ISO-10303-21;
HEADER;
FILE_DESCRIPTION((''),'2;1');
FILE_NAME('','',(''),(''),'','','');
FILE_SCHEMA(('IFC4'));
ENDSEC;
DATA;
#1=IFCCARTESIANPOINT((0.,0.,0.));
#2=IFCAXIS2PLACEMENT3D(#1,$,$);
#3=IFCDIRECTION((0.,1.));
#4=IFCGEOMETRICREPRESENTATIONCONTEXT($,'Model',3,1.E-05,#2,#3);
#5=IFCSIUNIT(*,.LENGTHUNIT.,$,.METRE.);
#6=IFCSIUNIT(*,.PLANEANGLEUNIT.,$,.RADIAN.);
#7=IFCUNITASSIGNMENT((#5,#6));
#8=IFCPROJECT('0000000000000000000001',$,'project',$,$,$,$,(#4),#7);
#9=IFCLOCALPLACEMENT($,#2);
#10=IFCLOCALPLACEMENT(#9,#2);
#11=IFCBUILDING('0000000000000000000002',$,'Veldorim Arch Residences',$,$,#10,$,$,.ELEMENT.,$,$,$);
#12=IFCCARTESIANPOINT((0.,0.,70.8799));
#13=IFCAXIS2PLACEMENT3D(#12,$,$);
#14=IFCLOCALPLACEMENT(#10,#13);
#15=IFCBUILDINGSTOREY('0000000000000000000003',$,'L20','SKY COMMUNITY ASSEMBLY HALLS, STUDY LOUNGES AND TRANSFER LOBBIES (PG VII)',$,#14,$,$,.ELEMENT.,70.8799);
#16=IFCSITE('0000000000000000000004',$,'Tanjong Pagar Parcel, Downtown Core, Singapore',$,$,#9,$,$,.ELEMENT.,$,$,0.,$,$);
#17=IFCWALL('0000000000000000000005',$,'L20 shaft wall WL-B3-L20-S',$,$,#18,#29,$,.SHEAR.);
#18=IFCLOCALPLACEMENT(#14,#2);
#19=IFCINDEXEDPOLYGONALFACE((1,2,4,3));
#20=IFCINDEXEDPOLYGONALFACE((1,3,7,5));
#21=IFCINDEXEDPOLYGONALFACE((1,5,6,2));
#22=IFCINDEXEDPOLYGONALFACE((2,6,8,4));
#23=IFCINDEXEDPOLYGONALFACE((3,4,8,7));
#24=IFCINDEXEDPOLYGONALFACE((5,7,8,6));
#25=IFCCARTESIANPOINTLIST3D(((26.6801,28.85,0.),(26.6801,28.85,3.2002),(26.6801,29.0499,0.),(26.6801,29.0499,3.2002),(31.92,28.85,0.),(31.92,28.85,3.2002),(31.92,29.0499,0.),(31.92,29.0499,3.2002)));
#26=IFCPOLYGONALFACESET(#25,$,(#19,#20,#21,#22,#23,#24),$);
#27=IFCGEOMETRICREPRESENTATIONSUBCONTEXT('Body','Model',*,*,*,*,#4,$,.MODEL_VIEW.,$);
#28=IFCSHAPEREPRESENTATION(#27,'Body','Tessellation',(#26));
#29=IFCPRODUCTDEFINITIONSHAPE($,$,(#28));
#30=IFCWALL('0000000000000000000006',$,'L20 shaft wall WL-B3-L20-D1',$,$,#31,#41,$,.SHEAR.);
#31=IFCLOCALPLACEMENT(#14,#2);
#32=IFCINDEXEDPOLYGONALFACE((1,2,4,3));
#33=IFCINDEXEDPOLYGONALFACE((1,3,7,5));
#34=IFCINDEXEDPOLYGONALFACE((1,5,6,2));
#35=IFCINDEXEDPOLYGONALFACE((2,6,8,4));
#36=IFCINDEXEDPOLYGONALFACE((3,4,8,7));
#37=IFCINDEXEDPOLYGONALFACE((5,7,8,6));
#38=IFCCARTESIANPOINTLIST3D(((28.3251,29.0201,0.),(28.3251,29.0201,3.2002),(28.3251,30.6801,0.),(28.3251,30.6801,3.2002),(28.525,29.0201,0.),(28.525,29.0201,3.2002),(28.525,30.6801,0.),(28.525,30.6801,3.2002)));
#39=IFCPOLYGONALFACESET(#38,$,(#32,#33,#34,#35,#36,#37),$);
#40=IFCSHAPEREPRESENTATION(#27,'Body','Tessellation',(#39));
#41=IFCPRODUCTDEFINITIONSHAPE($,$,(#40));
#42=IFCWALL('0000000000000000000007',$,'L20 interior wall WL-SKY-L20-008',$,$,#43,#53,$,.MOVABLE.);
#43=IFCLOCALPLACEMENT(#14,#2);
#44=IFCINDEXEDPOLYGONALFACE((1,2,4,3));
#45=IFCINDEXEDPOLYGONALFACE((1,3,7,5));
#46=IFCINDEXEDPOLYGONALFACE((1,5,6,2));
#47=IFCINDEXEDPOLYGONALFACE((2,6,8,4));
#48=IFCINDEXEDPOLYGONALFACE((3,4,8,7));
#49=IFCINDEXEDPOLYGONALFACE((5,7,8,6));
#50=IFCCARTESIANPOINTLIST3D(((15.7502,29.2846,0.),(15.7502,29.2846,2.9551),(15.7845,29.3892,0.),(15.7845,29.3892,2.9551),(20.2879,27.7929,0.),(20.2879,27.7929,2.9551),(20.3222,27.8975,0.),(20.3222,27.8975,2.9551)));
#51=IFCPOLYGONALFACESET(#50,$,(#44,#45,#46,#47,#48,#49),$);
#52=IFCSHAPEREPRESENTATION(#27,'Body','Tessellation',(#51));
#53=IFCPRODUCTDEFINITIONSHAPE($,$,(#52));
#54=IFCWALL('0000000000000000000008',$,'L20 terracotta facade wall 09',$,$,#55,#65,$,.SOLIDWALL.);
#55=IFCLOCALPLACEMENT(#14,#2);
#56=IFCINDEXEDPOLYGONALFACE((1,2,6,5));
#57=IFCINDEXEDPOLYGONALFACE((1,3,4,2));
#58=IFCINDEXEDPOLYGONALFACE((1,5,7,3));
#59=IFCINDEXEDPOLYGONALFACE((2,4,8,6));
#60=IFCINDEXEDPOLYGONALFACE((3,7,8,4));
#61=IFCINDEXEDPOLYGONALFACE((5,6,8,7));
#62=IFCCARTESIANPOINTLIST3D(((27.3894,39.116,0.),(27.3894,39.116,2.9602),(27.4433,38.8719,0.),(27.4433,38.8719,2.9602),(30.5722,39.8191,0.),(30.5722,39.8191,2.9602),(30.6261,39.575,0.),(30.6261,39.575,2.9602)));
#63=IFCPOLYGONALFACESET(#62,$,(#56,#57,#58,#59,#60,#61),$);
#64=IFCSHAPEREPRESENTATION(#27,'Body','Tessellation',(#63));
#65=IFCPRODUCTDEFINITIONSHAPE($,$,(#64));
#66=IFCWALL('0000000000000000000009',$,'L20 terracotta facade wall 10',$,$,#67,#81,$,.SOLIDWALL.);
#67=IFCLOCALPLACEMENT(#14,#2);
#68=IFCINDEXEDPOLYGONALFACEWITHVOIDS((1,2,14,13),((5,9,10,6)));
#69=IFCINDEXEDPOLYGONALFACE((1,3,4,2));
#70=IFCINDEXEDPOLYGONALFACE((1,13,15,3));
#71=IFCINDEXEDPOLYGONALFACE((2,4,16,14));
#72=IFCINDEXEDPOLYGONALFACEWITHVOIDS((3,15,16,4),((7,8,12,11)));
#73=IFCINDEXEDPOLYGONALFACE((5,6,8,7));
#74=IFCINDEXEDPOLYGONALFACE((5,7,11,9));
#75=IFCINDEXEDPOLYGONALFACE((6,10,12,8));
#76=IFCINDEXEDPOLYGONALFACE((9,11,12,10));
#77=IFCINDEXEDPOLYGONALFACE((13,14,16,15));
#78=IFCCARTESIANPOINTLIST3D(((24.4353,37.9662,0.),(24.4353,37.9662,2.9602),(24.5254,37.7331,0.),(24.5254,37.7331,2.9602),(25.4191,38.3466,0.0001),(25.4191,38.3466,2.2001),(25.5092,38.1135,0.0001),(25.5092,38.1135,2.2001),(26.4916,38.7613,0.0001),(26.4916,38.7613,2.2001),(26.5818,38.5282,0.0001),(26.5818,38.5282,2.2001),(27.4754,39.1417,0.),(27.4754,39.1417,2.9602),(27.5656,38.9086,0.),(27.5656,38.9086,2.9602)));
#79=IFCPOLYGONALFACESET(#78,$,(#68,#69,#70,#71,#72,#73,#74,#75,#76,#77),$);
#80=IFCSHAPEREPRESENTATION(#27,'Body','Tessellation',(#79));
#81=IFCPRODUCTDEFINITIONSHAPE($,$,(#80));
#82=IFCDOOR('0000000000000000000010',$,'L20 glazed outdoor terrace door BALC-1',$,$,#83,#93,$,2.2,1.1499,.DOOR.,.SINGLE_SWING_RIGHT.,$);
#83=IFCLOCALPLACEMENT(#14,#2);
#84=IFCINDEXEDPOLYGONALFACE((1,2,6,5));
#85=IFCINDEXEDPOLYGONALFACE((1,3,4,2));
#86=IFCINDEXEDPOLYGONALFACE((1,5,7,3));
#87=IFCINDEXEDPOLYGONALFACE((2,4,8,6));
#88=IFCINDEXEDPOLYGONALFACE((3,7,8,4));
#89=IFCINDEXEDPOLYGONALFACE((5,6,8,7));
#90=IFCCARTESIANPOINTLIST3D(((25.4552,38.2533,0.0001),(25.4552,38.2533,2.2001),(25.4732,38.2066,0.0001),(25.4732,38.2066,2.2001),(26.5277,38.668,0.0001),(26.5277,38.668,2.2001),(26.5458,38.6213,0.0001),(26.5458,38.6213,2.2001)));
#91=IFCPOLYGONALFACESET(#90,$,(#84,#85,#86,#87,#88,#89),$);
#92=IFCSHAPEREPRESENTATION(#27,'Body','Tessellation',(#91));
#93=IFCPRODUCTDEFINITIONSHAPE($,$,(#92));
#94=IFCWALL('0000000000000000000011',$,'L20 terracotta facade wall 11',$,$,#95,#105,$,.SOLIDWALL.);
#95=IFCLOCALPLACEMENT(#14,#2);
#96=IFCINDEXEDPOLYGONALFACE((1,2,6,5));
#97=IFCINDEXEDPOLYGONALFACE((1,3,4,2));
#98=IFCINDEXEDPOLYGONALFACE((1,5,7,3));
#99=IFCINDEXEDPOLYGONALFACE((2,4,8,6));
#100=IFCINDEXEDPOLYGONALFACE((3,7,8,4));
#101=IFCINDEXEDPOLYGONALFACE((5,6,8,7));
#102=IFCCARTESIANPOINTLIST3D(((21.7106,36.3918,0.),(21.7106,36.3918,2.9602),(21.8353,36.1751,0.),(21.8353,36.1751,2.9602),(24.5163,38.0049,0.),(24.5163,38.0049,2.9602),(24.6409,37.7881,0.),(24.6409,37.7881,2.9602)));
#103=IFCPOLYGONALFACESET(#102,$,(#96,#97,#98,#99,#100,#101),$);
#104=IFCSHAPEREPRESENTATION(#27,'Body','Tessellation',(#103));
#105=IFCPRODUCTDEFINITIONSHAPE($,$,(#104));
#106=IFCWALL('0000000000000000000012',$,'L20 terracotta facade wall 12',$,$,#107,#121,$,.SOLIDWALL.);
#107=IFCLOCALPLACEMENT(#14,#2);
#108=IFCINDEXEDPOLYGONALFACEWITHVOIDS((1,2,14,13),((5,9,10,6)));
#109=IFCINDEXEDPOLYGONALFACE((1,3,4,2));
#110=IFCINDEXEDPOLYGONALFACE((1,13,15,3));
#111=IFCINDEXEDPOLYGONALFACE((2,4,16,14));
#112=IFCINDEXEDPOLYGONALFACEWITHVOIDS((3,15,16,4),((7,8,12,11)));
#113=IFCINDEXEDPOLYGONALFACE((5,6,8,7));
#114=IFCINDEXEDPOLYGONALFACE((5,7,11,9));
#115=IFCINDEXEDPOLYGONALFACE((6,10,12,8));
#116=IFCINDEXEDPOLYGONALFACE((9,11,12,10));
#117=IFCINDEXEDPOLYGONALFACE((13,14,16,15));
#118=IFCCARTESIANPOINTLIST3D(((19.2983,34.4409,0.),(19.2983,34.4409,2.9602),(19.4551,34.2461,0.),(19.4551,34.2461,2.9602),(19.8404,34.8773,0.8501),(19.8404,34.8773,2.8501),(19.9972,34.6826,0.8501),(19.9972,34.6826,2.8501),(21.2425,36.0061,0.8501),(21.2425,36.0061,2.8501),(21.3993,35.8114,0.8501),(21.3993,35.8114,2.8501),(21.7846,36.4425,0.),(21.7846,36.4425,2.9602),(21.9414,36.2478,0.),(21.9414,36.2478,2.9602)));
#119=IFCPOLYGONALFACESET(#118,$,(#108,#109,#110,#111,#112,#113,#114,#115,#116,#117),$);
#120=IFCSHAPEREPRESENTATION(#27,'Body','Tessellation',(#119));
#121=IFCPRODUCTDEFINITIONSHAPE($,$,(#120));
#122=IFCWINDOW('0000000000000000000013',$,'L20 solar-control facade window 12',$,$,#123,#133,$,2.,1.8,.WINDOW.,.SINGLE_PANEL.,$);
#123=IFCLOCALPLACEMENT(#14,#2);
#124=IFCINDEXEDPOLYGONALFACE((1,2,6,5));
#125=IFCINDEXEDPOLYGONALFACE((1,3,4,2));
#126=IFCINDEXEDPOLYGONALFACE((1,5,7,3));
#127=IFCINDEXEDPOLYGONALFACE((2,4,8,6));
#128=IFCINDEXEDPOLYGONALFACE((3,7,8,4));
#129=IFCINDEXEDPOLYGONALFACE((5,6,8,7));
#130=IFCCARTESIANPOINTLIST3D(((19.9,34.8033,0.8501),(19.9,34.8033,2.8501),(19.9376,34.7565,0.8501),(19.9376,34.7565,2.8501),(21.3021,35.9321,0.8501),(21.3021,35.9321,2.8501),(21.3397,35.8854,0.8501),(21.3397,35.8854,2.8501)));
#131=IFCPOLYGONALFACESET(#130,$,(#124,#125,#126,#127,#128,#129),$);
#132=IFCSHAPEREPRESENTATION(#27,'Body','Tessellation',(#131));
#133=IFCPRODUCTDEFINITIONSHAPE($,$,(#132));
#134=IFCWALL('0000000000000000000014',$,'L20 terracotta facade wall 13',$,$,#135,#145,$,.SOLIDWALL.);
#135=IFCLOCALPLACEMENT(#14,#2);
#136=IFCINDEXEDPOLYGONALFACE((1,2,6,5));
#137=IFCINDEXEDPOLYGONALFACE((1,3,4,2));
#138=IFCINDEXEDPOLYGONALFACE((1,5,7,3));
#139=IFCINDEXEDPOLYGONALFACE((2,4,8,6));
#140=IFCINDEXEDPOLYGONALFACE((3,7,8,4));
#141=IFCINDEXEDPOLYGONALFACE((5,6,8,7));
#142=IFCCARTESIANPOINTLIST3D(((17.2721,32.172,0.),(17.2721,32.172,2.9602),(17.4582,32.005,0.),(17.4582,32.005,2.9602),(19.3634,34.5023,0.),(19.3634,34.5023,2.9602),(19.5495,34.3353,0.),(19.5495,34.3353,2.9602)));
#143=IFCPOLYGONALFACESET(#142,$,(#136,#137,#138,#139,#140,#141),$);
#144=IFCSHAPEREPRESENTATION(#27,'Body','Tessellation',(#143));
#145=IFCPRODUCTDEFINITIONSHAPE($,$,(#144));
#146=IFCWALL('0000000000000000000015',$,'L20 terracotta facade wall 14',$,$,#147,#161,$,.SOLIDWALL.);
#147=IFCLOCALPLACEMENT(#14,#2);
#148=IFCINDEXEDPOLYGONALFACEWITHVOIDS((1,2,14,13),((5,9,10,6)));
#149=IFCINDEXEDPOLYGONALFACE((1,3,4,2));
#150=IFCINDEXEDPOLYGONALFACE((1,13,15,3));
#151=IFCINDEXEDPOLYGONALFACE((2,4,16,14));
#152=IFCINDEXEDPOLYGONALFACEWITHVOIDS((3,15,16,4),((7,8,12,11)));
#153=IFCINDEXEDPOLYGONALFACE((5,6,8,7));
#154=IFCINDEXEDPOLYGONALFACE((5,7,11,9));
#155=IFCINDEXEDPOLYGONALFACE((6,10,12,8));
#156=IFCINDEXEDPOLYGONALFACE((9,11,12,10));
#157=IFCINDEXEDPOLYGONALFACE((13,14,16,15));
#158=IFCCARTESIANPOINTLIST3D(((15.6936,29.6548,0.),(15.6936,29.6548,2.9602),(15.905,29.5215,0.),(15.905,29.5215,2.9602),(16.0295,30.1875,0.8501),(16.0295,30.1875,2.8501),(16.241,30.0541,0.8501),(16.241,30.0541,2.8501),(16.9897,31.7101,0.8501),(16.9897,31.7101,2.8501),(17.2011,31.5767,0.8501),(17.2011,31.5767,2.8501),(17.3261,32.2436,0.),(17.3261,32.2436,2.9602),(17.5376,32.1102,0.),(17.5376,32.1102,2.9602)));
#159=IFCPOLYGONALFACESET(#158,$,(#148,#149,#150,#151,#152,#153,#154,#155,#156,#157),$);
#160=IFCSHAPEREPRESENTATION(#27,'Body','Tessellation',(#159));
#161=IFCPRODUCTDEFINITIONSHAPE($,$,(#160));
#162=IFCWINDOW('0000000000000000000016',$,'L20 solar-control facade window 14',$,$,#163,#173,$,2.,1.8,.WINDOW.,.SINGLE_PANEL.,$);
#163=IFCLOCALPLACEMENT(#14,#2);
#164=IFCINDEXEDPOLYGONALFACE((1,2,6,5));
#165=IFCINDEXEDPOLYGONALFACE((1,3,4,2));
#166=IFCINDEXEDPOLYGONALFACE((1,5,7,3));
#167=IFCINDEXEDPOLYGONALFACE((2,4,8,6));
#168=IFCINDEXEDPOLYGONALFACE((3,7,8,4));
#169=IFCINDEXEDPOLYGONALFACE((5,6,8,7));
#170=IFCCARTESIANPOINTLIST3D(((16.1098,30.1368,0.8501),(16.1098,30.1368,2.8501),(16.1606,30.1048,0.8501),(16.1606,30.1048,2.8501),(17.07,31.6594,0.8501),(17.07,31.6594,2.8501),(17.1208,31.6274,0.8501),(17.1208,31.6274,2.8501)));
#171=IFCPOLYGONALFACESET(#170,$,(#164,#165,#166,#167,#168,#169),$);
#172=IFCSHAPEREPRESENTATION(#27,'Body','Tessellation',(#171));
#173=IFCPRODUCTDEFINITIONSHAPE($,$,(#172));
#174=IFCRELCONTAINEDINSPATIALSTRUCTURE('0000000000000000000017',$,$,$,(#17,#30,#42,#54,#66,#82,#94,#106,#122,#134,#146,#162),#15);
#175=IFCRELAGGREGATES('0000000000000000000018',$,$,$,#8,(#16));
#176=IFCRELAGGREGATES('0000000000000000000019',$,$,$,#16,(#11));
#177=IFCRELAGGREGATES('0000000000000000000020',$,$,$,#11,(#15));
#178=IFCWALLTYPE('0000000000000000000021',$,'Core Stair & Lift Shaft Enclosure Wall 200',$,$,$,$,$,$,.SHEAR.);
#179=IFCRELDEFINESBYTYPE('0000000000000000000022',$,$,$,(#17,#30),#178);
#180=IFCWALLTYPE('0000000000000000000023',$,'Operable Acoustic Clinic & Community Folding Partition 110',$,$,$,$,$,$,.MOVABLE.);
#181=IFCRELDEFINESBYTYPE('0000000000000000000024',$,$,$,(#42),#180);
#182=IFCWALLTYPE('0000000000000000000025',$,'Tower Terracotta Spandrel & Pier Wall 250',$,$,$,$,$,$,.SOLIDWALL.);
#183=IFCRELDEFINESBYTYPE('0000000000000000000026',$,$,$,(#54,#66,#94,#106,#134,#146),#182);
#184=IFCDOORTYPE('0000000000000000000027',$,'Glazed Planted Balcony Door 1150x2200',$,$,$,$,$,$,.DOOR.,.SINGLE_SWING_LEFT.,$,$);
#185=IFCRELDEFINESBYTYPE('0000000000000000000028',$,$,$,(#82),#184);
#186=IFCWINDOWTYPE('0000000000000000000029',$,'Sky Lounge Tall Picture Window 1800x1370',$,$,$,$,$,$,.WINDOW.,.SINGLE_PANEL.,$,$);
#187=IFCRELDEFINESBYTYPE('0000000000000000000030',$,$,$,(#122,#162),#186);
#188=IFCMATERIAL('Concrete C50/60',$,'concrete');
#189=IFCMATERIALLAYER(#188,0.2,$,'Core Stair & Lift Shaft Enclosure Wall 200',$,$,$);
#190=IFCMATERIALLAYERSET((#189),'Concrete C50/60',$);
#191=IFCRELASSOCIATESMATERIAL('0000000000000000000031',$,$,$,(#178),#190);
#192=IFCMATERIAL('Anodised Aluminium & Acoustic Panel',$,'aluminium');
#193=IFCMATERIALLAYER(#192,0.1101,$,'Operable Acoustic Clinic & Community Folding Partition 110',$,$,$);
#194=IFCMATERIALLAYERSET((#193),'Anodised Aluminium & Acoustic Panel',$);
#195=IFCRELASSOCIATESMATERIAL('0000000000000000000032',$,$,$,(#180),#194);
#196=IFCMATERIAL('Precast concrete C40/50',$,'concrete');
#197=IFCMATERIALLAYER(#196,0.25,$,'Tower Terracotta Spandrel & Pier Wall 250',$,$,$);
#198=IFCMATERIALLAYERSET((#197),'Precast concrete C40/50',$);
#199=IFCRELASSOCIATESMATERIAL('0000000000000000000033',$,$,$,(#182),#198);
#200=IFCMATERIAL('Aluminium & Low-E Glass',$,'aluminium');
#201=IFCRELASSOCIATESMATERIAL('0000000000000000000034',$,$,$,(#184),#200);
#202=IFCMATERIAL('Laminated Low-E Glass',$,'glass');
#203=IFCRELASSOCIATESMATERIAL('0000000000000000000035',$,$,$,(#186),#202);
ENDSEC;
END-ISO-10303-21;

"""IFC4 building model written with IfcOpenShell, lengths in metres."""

from ifc_helpers import new_model, si_unit, direction, frame, frame_2d, origin, place, context, subcontext, project, spatial, rectangle, extrude, material, layer, layer_set, type_object, element, fill, save


model = new_model("IFC4")

# Units and contexts
model_context = context("Model", 3, precision=1e-05, world=origin(), true_north=direction((0.0, 1.0)))
body_context = subcontext(model_context, "Body", "Model", "MODEL_VIEW")
ifc_project = project(units=[si_unit("LENGTHUNIT", "METRE"), si_unit("PLANEANGLEUNIT", "RADIAN")], contexts=[model_context])

# Site, building, storey
site_placement = place(None, origin())
site = spatial("IfcSite", under=ifc_project, at=site_placement, Name="Tanjong Pagar Parcel, Downtown Core, Singapore", CompositionType="ELEMENT", RefElevation=0.0)
building_placement = place(site_placement, origin())
building = spatial("IfcBuilding", under=site, at=building_placement, Name="Veldorim Arch Residences", CompositionType="ELEMENT")
storey_placement = place(building_placement, frame((0.0, 0.0, 70.8799)))
storey = spatial("IfcBuildingStorey", under=building, at=storey_placement, Name="L20", Description="SKY COMMUNITY ASSEMBLY HALLS, STUDY LOUNGES AND TRANSFER LOBBIES (PG VII)", CompositionType="ELEMENT", Elevation=70.8799)

# Walls
ifc_material_1 = material(Name="Concrete C50/60", Category="concrete")
ifc_layer_1 = layer(ifc_material_1, 0.2, Name="Core Stair & Lift Shaft Enclosure Wall 200")
ifc_layer_set_1 = layer_set([ifc_layer_1], Name="Concrete C50/60")
wall_type_1 = type_object("IfcWallType", Name="Core Stair & Lift Shaft Enclosure Wall 200", PredefinedType="SHEAR", material=ifc_layer_set_1)
wall_1_placement = place(storey_placement, frame((26.6799, 28.95, 0.0), z_axis=(0.0, 0.0, 1.0), x_axis=(1.0, 0.0, 0.0)))
element("IfcWall", 1, at=wall_1_placement, inside=storey, type_object=wall_type_1, Name="L20 shaft wall WL-B3-L20-S", PredefinedType="SHEAR", context=body_context, shape_type="SweptSolid", body=[
    extrude(rectangle(XDim=5.24, YDim=0.2, at=frame_2d((2.6201, 0.0))), origin(), (0.0, 0.0, 1.0), 3.2002),
])
wall_2_placement = place(storey_placement, frame((28.425, 29.02, 0.0), z_axis=(0.0, 0.0, 1.0), x_axis=(0.0, 1.0, 0.0)))
element("IfcWall", 2, at=wall_2_placement, inside=storey, type_object=wall_type_1, Name="L20 shaft wall WL-B3-L20-D1", PredefinedType="SHEAR", context=body_context, shape_type="SweptSolid", body=[
    extrude(rectangle(XDim=1.6599, YDim=0.2, at=frame_2d((0.8301, 0.0))), origin(), (0.0, 0.0, 1.0), 3.2002),
])

# Walls
ifc_material_2 = material(Name="Anodised Aluminium & Acoustic Panel", Category="aluminium")
ifc_layer_2 = layer(ifc_material_2, 0.1101, Name="Operable Acoustic Clinic & Community Folding Partition 110")
ifc_layer_set_2 = layer_set([ifc_layer_2], Name="Anodised Aluminium & Acoustic Panel")
wall_type_2 = type_object("IfcWallType", Name="Operable Acoustic Clinic & Community Folding Partition 110", PredefinedType="MOVABLE", material=ifc_layer_set_2)
wall_3_placement = place(storey_placement, frame((20.3049, 27.8452, 0.0), z_axis=(0.0, 0.0, 1.0), x_axis=(-0.949984, 0.3123, 0.0)))
element("IfcWall", 3, at=wall_3_placement, inside=storey, type_object=wall_type_2, Name="L20 interior wall WL-SKY-L20-008", PredefinedType="MOVABLE", context=body_context, shape_type="SweptSolid", body=[
    extrude(rectangle(XDim=4.7766, YDim=0.1101, at=frame_2d((2.3882, 0.0))), origin(), (0.0, 0.0, 1.0), 2.9551),
])
ifc_material_3 = material(Name="Precast concrete C40/50", Category="concrete")
ifc_layer_3 = layer(ifc_material_3, 0.25, Name="Tower Terracotta Spandrel & Pier Wall 250")
ifc_layer_set_3 = layer_set([ifc_layer_3], Name="Precast concrete C40/50")
wall_type_3 = type_object("IfcWallType", Name="Tower Terracotta Spandrel & Pier Wall 250", PredefinedType="SOLIDWALL", material=ifc_layer_set_3)
wall_4_placement = place(storey_placement, frame((27.4163, 38.9939, 0.0), z_axis=(0.0, 0.0, 1.0), x_axis=(0.976458, 0.215709, 0.0)))
element("IfcWall", 4, at=wall_4_placement, inside=storey, type_object=wall_type_3, Name="L20 terracotta facade wall 09", PredefinedType="SOLIDWALL", context=body_context, shape_type="SweptSolid", body=[
    extrude(rectangle(XDim=3.2595, YDim=0.25, at=frame_2d((1.6299, 0.0))), origin(), (0.0, 0.0, 1.0), 2.9602),
])

# Wall, opening, door
wall_5_placement = place(storey_placement, frame((24.4802, 37.8496, 0.0), z_axis=(0.0, 0.0, 1.0), x_axis=(0.932707, 0.360635, 0.0)))
wall_5 = element("IfcWall", 5, at=wall_5_placement, inside=storey, type_object=wall_type_3, Name="L20 terracotta facade wall 10", PredefinedType="SOLIDWALL", context=body_context, shape_type="SweptSolid", body=[
    extrude(rectangle(XDim=3.2595, YDim=0.25, at=frame_2d((1.6299, 0.0))), origin(), (0.0, 0.0, 1.0), 2.9602),
])
opening_1_placement = place(wall_5_placement, frame((1.0549, 0.0, 0.0)))
opening_1 = element("IfcOpeningElement", 6, at=opening_1_placement, cuts=wall_5, PredefinedType="OPENING", context=body_context, shape_type="SweptSolid", body=[
    extrude(rectangle(XDim=1.1499, YDim=2.2, at=frame_2d((0.575, 1.1001))), frame((0.0, 0.135, 0.0), z_axis=(0.0, -1.0, 0.0), x_axis=(1.0, 0.0, 0.0)), (0.0, 0.0, 1.0), 0.27),
])
ifc_material_4 = material(Name="Aluminium & Low-E Glass", Category="aluminium")
door_type_1 = type_object("IfcDoorType", Name="Glazed Planted Balcony Door 1150x2200", OperationType="SINGLE_SWING_LEFT", PredefinedType="DOOR", material=ifc_material_4)
door_1_placement = place(opening_1_placement, origin())
door_1 = element("IfcDoor", 7, at=door_1_placement, inside=storey, type_object=door_type_1, Name="L20 glazed outdoor terrace door BALC-1", OperationType="SINGLE_SWING_RIGHT", OverallHeight=2.2, OverallWidth=1.1499, PredefinedType="DOOR", context=body_context, shape_type="SweptSolid", body=[
    extrude(rectangle(XDim=1.1499, YDim=2.2, at=frame_2d((0.575, 1.1001))), frame((0.0, 0.0249, 0.0), z_axis=(0.0, -1.0, 0.0), x_axis=(1.0, 0.0, 0.0)), (0.0, 0.0, 1.0), 0.05),
])
fill(opening_1, door_1)

# Wall
wall_6_placement = place(storey_placement, frame((21.7729, 36.2834, 0.0), z_axis=(0.0, 0.0, 1.0), x_axis=(0.866936, 0.49842, 0.0)))
element("IfcWall", 8, at=wall_6_placement, inside=storey, type_object=wall_type_3, Name="L20 terracotta facade wall 11", PredefinedType="SOLIDWALL", context=body_context, shape_type="SweptSolid", body=[
    extrude(rectangle(XDim=3.2363, YDim=0.25, at=frame_2d((1.6182, 0.0))), origin(), (0.0, 0.0, 1.0), 2.9602),
])

# Wall, opening, window
wall_7_placement = place(storey_placement, frame((19.3767, 34.3435, 0.0), z_axis=(0.0, 0.0, 1.0), x_axis=(0.778932, 0.627108, 0.0)))
wall_7 = element("IfcWall", 9, at=wall_7_placement, inside=storey, type_object=wall_type_3, Name="L20 terracotta facade wall 12", PredefinedType="SOLIDWALL", context=body_context, shape_type="SweptSolid", body=[
    extrude(rectangle(XDim=3.1919, YDim=0.25, at=frame_2d((1.5959, 0.0))), origin(), (0.0, 0.0, 1.0), 2.9602),
])
opening_2_placement = place(wall_7_placement, frame((0.696, 0.0, 0.8501)))
opening_2 = element("IfcOpeningElement", 10, at=opening_2_placement, cuts=wall_7, PredefinedType="OPENING", context=body_context, shape_type="SweptSolid", body=[
    extrude(rectangle(XDim=1.8, YDim=2.0, at=frame_2d((0.8999, 1.0))), frame((0.0, 0.135, 0.0), z_axis=(0.0, -1.0, 0.0), x_axis=(1.0, 0.0, 0.0)), (0.0, 0.0, 1.0), 0.27),
])
ifc_material_5 = material(Name="Laminated Low-E Glass", Category="glass")
window_type = type_object("IfcWindowType", Name="Sky Lounge Tall Picture Window 1800x1370", PartitioningType="SINGLE_PANEL", PredefinedType="WINDOW", material=ifc_material_5)
window_1_placement = place(opening_2_placement, origin())
window_1 = element("IfcWindow", 11, at=window_1_placement, inside=storey, type_object=window_type, Name="L20 solar-control facade window 12", OverallHeight=2.0, OverallWidth=1.8, PartitioningType="SINGLE_PANEL", PredefinedType="WINDOW", context=body_context, shape_type="SweptSolid", body=[
    extrude(rectangle(XDim=1.8, YDim=2.0, at=frame_2d((0.8999, 1.0))), frame((0.0, 0.03, 0.0), z_axis=(0.0, -1.0, 0.0), x_axis=(1.0, 0.0, 0.0)), (0.0, 0.0, 1.0), 0.0601),
])
fill(opening_2, window_1)

# Wall
wall_8_placement = place(storey_placement, frame((17.3652, 32.0886, 0.0), z_axis=(0.0, 0.0, 1.0), x_axis=(0.667909, 0.744243, 0.0)))
element("IfcWall", 12, at=wall_8_placement, inside=storey, type_object=wall_type_3, Name="L20 terracotta facade wall 13", PredefinedType="SOLIDWALL", context=body_context, shape_type="SweptSolid", body=[
    extrude(rectangle(XDim=3.1311, YDim=0.25, at=frame_2d((1.5654, 0.0))), origin(), (0.0, 0.0, 1.0), 2.9602),
])

# Wall, opening, window
wall_9_placement = place(storey_placement, frame((15.7993, 29.5881, 0.0), z_axis=(0.0, 0.0, 1.0), x_axis=(0.533408, 0.845858, 0.0)))
wall_9 = element("IfcWall", 13, at=wall_9_placement, inside=storey, type_object=wall_type_3, Name="L20 terracotta facade wall 14", PredefinedType="SOLIDWALL", context=body_context, shape_type="SweptSolid", body=[
    extrude(rectangle(XDim=3.0605, YDim=0.25, at=frame_2d((1.5303, 0.0))), origin(), (0.0, 0.0, 1.0), 2.9602),
])
opening_3_placement = place(wall_9_placement, frame((0.6299, 0.0, 0.8501)))
opening_3 = element("IfcOpeningElement", 14, at=opening_3_placement, cuts=wall_9, PredefinedType="OPENING", context=body_context, shape_type="SweptSolid", body=[
    extrude(rectangle(XDim=1.8, YDim=2.0, at=frame_2d((0.8999, 1.0))), frame((0.0, 0.135, 0.0), z_axis=(0.0, -1.0, 0.0), x_axis=(1.0, 0.0, 0.0)), (0.0, 0.0, 1.0), 0.27),
])
window_2_placement = place(opening_3_placement, origin())
window_2 = element("IfcWindow", 15, at=window_2_placement, inside=storey, type_object=window_type, Name="L20 solar-control facade window 14", OverallHeight=2.0, OverallWidth=1.8, PartitioningType="SINGLE_PANEL", PredefinedType="WINDOW", context=body_context, shape_type="SweptSolid", body=[
    extrude(rectangle(XDim=1.8, YDim=2.0, at=frame_2d((0.8999, 1.0))), frame((0.0, 0.03, 0.0), z_axis=(0.0, -1.0, 0.0), x_axis=(1.0, 0.0, 0.0)), (0.0, 0.0, 1.0), 0.0601),
])
fill(opening_3, window_2)

save(model, "model.ifc")
